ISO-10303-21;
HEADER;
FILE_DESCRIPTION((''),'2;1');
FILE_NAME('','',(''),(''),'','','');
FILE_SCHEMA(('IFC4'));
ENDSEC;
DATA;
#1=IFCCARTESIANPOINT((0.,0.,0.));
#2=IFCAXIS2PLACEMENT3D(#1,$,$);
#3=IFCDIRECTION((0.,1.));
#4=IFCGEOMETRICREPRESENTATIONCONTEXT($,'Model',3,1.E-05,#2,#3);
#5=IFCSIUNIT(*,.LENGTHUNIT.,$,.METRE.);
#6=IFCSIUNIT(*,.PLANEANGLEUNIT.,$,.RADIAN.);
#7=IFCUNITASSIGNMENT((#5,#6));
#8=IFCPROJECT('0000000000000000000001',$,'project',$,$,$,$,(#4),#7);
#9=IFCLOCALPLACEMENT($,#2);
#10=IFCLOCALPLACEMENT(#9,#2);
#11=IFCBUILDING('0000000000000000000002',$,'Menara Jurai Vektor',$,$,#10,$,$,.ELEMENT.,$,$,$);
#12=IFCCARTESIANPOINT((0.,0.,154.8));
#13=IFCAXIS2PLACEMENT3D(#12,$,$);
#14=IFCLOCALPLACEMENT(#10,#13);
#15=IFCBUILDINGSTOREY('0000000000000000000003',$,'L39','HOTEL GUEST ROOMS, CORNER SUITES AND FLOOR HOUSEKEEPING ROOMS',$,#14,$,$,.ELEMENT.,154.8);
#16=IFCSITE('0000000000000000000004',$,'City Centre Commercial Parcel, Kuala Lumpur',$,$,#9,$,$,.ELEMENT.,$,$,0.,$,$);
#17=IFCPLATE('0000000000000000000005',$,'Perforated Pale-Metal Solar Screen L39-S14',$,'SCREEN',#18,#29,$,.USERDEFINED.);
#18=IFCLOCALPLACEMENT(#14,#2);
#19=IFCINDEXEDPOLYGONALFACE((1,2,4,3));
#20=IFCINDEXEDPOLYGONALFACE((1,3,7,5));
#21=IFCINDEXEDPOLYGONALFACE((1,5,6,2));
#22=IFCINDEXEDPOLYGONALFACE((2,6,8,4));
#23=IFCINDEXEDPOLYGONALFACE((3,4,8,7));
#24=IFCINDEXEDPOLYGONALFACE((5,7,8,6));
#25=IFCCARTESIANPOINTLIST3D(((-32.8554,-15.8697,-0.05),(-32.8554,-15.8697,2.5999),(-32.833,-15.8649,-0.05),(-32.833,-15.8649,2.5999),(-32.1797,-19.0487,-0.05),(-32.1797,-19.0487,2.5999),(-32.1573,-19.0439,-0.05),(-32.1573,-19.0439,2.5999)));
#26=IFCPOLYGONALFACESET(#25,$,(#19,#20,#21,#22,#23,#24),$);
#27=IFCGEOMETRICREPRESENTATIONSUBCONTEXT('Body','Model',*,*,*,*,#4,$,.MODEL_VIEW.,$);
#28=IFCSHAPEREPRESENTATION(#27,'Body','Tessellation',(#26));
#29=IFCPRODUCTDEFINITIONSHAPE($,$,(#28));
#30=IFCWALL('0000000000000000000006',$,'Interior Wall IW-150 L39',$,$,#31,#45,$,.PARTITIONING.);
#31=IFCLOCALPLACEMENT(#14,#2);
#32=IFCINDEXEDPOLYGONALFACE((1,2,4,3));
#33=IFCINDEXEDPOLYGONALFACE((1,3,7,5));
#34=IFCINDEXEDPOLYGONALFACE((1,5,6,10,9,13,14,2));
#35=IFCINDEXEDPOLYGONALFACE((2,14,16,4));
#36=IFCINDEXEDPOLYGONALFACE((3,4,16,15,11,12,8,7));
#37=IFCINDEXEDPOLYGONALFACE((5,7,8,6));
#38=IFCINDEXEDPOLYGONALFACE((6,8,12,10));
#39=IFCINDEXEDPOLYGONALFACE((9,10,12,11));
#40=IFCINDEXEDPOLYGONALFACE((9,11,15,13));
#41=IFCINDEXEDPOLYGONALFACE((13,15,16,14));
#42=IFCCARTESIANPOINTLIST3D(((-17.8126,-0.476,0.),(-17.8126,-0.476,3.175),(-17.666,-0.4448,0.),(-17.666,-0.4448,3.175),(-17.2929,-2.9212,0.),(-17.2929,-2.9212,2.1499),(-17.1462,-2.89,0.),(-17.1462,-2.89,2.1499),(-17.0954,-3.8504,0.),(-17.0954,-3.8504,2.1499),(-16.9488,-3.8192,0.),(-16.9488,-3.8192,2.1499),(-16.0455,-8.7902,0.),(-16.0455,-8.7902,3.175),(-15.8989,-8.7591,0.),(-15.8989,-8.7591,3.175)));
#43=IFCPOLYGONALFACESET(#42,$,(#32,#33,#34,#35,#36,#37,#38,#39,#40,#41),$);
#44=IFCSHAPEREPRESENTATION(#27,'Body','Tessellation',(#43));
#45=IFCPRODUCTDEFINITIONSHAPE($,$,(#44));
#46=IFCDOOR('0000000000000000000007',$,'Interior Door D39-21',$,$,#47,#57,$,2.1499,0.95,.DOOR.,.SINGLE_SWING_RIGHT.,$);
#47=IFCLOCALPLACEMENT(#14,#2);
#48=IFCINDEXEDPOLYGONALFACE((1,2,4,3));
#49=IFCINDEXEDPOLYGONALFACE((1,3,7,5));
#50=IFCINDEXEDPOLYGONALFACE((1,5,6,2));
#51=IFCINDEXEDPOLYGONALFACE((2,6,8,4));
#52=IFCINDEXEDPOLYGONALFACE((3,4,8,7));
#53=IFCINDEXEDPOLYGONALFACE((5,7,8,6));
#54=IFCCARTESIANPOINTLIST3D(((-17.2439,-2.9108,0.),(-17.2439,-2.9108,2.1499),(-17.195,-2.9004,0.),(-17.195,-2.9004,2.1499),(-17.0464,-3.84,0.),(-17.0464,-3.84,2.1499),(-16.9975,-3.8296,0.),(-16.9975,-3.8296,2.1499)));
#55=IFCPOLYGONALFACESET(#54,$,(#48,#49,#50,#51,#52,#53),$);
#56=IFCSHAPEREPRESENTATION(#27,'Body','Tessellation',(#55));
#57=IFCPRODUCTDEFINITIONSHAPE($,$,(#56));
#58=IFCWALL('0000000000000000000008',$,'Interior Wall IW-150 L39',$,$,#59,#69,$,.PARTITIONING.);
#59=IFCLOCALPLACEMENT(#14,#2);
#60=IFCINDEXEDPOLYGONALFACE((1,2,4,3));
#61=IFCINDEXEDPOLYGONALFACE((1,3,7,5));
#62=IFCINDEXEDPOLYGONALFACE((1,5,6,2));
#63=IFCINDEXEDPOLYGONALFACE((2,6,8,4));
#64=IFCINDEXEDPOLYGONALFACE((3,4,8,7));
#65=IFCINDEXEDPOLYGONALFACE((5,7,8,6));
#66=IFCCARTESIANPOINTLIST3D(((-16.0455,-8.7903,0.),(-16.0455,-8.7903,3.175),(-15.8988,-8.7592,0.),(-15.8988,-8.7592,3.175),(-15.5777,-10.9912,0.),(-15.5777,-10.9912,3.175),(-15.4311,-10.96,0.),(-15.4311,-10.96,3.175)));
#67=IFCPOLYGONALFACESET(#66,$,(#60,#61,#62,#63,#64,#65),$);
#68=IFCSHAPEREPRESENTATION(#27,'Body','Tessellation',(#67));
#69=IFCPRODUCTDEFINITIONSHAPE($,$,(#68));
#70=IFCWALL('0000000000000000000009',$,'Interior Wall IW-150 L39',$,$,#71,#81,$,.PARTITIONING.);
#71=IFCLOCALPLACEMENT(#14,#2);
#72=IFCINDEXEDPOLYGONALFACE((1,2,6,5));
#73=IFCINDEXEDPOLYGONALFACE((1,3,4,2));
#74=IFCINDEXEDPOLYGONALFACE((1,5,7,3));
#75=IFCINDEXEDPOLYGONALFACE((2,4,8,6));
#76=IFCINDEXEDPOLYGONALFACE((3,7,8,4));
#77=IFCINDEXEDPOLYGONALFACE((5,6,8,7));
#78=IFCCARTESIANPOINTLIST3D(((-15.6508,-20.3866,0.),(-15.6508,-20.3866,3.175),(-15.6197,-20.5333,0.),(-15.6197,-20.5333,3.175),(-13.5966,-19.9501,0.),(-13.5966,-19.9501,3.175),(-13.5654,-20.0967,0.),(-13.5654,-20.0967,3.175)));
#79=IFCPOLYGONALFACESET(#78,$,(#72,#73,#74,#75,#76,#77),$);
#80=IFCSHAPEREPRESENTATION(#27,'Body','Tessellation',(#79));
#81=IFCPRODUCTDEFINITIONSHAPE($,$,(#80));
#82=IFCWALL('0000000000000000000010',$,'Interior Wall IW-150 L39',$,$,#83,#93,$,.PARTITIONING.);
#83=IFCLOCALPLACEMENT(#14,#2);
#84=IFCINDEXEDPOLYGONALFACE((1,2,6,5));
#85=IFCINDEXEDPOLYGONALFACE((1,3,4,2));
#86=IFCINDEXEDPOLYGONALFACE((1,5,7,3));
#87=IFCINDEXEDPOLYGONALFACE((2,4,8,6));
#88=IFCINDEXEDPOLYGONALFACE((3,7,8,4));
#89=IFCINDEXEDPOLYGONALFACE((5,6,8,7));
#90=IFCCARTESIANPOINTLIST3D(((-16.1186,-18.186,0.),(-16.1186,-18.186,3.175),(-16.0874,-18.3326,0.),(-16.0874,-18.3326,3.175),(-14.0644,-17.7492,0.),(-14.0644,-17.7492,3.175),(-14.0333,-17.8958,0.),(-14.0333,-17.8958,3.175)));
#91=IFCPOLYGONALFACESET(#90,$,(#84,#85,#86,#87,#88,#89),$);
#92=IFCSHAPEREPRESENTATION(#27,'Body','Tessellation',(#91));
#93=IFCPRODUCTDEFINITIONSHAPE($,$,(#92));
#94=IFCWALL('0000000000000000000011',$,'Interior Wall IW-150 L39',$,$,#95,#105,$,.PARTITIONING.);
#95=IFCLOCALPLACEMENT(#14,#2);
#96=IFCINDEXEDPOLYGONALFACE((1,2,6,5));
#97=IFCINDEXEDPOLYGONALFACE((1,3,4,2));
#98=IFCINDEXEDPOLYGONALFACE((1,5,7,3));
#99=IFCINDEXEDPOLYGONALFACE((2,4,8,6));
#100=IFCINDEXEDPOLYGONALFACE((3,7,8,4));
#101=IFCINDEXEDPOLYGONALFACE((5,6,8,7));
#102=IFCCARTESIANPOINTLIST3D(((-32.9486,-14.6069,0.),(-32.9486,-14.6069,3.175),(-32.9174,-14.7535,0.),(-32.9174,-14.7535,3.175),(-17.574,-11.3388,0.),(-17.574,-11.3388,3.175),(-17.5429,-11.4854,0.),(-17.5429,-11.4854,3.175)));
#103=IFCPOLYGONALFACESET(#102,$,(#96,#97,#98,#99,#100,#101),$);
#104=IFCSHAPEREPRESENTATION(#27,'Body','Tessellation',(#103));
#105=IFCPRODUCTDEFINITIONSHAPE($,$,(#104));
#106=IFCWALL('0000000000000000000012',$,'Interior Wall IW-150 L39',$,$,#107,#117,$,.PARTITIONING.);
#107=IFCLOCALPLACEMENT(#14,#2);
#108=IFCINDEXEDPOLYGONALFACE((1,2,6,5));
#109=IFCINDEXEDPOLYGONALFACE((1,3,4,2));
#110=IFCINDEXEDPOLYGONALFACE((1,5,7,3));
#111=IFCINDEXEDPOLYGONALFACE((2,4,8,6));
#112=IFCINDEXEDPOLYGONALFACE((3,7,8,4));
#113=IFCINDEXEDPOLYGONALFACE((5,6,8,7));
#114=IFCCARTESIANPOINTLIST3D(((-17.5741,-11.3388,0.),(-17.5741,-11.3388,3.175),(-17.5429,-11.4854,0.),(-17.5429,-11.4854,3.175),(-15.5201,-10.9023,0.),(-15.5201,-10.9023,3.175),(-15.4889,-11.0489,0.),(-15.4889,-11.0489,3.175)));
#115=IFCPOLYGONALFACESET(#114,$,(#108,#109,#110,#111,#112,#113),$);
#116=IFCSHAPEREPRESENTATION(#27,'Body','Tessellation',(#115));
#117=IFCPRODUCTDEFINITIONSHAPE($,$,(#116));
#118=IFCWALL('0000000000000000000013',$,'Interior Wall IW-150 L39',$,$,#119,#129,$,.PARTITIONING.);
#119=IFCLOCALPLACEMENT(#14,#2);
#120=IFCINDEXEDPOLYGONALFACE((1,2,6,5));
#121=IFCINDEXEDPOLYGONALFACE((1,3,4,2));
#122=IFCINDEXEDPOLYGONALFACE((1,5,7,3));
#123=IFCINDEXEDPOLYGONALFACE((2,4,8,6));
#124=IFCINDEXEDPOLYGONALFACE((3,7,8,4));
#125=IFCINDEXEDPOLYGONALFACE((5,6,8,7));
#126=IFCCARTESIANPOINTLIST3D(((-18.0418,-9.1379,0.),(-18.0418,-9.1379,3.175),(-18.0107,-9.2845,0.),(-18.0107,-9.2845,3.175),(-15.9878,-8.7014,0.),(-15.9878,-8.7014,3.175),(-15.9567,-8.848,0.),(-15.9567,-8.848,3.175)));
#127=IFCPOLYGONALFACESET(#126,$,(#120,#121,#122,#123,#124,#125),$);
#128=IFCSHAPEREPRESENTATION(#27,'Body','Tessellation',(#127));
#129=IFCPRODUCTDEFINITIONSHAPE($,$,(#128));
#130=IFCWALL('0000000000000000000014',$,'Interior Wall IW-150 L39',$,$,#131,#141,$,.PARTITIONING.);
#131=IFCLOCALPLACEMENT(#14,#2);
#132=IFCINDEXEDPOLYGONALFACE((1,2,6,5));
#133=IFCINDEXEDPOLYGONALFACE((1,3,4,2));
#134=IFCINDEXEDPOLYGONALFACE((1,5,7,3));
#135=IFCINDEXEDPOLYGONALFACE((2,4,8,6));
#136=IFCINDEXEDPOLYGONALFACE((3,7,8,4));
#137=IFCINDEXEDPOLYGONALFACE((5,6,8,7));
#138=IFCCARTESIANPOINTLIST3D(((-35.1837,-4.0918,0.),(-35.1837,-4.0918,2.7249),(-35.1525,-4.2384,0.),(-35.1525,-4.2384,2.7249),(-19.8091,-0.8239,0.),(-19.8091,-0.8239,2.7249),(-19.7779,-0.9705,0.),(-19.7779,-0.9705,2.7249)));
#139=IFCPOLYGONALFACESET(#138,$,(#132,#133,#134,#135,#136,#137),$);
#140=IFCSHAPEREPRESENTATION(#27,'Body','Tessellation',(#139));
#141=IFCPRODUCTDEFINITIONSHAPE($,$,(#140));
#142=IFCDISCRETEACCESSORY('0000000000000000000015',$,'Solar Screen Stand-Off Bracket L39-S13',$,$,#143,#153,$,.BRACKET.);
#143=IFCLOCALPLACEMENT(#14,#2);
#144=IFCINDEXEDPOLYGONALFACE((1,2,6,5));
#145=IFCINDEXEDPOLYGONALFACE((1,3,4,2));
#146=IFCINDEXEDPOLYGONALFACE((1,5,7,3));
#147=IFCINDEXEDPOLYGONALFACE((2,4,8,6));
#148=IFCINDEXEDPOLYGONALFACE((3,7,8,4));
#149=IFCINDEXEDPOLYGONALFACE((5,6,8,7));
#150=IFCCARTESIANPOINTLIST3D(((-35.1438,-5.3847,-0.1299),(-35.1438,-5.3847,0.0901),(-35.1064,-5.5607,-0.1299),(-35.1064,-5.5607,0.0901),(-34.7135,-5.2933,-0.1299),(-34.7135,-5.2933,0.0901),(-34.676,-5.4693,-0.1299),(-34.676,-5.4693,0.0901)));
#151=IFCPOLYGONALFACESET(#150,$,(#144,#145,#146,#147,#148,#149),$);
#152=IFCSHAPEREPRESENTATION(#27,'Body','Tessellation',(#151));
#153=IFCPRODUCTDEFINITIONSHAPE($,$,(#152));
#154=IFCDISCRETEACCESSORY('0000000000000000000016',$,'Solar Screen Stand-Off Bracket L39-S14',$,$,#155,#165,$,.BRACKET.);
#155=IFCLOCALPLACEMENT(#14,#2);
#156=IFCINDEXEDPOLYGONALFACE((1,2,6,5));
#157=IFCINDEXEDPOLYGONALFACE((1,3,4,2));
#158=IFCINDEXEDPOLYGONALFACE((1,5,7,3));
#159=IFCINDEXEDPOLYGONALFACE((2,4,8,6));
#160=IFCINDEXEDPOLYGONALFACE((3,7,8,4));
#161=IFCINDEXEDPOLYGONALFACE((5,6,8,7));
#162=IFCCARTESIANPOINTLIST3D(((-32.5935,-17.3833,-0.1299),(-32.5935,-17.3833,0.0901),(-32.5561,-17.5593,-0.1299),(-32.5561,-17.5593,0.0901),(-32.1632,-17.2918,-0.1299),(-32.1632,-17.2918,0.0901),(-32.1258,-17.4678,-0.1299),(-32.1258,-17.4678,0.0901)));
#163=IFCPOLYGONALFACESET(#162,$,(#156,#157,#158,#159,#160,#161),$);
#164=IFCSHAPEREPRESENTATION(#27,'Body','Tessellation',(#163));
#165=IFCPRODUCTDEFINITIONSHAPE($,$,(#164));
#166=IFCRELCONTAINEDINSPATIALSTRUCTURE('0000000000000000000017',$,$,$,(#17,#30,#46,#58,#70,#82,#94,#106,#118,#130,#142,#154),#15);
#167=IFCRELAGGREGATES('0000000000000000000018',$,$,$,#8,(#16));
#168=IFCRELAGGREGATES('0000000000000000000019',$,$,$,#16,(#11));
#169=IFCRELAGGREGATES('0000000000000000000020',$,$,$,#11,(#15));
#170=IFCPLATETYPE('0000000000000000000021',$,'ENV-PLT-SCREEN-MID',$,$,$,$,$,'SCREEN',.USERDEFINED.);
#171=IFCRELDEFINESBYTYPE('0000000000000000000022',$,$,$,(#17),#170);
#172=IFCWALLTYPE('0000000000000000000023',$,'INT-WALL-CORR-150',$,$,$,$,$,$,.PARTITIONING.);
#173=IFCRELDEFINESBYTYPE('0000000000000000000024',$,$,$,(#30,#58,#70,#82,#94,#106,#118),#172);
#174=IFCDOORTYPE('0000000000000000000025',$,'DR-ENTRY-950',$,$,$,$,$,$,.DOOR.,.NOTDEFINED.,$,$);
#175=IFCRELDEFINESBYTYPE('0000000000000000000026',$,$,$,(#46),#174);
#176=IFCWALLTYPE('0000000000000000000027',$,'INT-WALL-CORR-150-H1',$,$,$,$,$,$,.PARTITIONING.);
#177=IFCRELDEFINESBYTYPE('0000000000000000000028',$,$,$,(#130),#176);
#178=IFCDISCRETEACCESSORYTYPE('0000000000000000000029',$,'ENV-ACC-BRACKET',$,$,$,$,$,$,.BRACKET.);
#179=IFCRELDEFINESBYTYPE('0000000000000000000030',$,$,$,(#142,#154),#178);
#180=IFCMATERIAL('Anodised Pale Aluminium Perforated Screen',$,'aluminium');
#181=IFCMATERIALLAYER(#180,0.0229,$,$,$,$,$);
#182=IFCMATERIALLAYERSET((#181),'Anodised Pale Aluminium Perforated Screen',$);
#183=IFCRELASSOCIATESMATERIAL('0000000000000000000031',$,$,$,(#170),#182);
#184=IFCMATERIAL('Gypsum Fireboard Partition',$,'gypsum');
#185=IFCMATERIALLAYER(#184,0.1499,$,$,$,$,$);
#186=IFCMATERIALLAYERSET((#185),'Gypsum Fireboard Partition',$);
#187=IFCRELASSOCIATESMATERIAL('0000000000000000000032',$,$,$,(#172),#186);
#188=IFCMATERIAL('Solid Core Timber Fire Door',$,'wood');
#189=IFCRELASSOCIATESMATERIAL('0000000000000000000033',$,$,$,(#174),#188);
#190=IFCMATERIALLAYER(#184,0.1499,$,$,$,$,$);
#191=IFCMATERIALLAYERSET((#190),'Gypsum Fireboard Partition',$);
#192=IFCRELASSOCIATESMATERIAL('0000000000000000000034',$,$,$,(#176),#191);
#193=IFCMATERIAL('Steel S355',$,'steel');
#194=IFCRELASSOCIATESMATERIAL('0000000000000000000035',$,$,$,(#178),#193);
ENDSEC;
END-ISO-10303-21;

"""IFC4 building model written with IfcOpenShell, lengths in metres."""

from ifc_helpers import new_model, si_unit, direction, frame, frame_2d, origin, origin_2d, place, context, subcontext, project, spatial, rectangle, extrude, material, layer, layer_set, type_object, element, fill, save


model = new_model("IFC4")

# Units and contexts
model_context = context("Model", 3, precision=1e-05, world=origin(), true_north=direction((0.0, 1.0)))
body_context = subcontext(model_context, "Body", "Model", "MODEL_VIEW")
ifc_project = project(units=[si_unit("LENGTHUNIT", "METRE"), si_unit("PLANEANGLEUNIT", "RADIAN")], contexts=[model_context])

# Site, building, storey
site_placement = place(None, origin())
site = spatial("IfcSite", under=ifc_project, at=site_placement, Name="City Centre Commercial Parcel, Kuala Lumpur", CompositionType="ELEMENT", RefElevation=0.0)
building_placement = place(site_placement, origin())
building = spatial("IfcBuilding", under=site, at=building_placement, Name="Menara Jurai Vektor", CompositionType="ELEMENT")
storey_placement = place(building_placement, frame((0.0, 0.0, 154.8)))
storey = spatial("IfcBuildingStorey", under=building, at=storey_placement, Name="L39", Description="HOTEL GUEST ROOMS, CORNER SUITES AND FLOOR HOUSEKEEPING ROOMS", CompositionType="ELEMENT", Elevation=154.8)

# Shared definitions
ifc_material_1 = material(Name="Steel S355", Category="steel")

# Plate
ifc_material_2 = material(Name="Anodised Pale Aluminium Perforated Screen", Category="aluminium")
ifc_layer_1 = layer(ifc_material_2, 0.0229)
ifc_layer_set_1 = layer_set([ifc_layer_1], Name="Anodised Pale Aluminium Perforated Screen")
plate_type_1 = type_object("IfcPlateType", Name="ENV-PLT-SCREEN-MID", ElementType="SCREEN", PredefinedType="USERDEFINED", material=ifc_layer_set_1)
for number, where, z_axis, x_axis, name in (
    (1, (-32.5063, -17.4568, -0.05), (0.0, 0.0, 1.0), (0.207912, -0.978148, 0.0), "Perforated Pale-Metal Solar Screen L39-S14"),
):
    element("IfcPlate", number, at=place(storey_placement, frame(where, z_axis=z_axis, x_axis=x_axis)), inside=storey, type_object=plate_type_1, Name=name, ObjectType="SCREEN", PredefinedType="USERDEFINED", context=body_context, shape_type="SweptSolid", body=[
        extrude(rectangle(XDim=3.25, YDim=0.0229, at=origin_2d()), origin(), (0.0, 0.0, 1.0), 2.6499),
    ])

# Wall, opening, door
ifc_material_3 = material(Name="Gypsum Fireboard Partition", Category="gypsum")
ifc_layer_2 = layer(ifc_material_3, 0.1499)
ifc_layer_set_2 = layer_set([ifc_layer_2], Name="Gypsum Fireboard Partition")
wall_type_1 = type_object("IfcWallType", Name="INT-WALL-CORR-150", PredefinedType="PARTITIONING", material=ifc_layer_set_2)
wall_1_placement = place(storey_placement, frame((-15.9722, -8.7747, 0.0), z_axis=(0.0, 0.0, 1.0), x_axis=(-0.207895, 0.978151, 0.0)))
wall_1 = element("IfcWall", 2, at=wall_1_placement, inside=storey, type_object=wall_type_1, Name="Interior Wall IW-150 L39", PredefinedType="PARTITIONING", context=body_context, shape_type="SweptSolid", body=[
    extrude(rectangle(XDim=8.5, YDim=0.1499, at=frame_2d((4.25, 0.0))), origin(), (0.0, 0.0, 1.0), 3.175),
])
opening_1_placement = place(wall_1_placement, frame((5.05, 0.0, 0.0)))
opening_1 = element("IfcOpeningElement", 3, at=opening_1_placement, cuts=wall_1, PredefinedType="OPENING", context=body_context, shape_type="SweptSolid", body=[
    extrude(rectangle(XDim=0.95, YDim=2.1499, at=frame_2d((0.4751, 1.075))), frame((0.0, 0.085, 0.0), z_axis=(0.0, -1.0, 0.0), x_axis=(1.0, 0.0, 0.0)), (0.0, 0.0, 1.0), 0.1699),
])
ifc_material_4 = material(Name="Solid Core Timber Fire Door", Category="wood")
door_type_1 = type_object("IfcDoorType", Name="DR-ENTRY-950", OperationType="NOTDEFINED", PredefinedType="DOOR", material=ifc_material_4)
door_1_placement = place(opening_1_placement, origin())
door_1 = element("IfcDoor", 4, at=door_1_placement, inside=storey, type_object=door_type_1, Name="Interior Door D39-21", OperationType="SINGLE_SWING_RIGHT", OverallHeight=2.1499, OverallWidth=0.95, PredefinedType="DOOR", context=body_context, shape_type="SweptSolid", body=[
    extrude(rectangle(XDim=0.95, YDim=2.1499, at=frame_2d((0.4751, 1.075))), frame((0.0, 0.0249, 0.0), z_axis=(0.0, -1.0, 0.0), x_axis=(1.0, 0.0, 0.0)), (0.0, 0.0, 1.0), 0.05),
])
fill(opening_1, door_1)

# Wall
wall_2_placement = place(storey_placement, frame((-15.5044, -10.9756, 0.0), z_axis=(0.0, 0.0, 1.0), x_axis=(-0.207891, 0.978152, 0.0)))
element("IfcWall", 5, at=wall_2_placement, inside=storey, type_object=wall_type_1, Name="Interior Wall IW-150 L39", PredefinedType="PARTITIONING", context=body_context, shape_type="SweptSolid", body=[
    extrude(rectangle(XDim=2.25, YDim=0.1499, at=frame_2d((1.125, 0.0))), origin(), (0.0, 0.0, 1.0), 3.175),
])

# Walls
for number, where, z_axis, x_axis, name in (
    (6, (-15.6353, -20.46, 0.0), (0.0, 0.0, 1.0), (0.978158, 0.207862, 0.0), "Interior Wall IW-150 L39"),
    (7, (-16.103, -18.2593, 0.0), (0.0, 0.0, 1.0), (0.978135, 0.207973, 0.0), "Interior Wall IW-150 L39"),
):
    element("IfcWall", number, at=place(storey_placement, frame(where, z_axis=z_axis, x_axis=x_axis)), inside=storey, type_object=wall_type_1, Name=name, PredefinedType="PARTITIONING", context=body_context, shape_type="SweptSolid", body=[
        extrude(rectangle(XDim=2.1001, YDim=0.1499, at=frame_2d((1.05, 0.0))), origin(), (0.0, 0.0, 1.0), 3.175),
    ])
wall_3_placement = place(storey_placement, frame((-32.9329, -14.6802, 0.0), z_axis=(0.0, 0.0, 1.0), x_axis=(0.978146, 0.207919, 0.0)))
element("IfcWall", 8, at=wall_3_placement, inside=storey, type_object=wall_type_1, Name="Interior Wall IW-150 L39", PredefinedType="PARTITIONING", context=body_context, shape_type="SweptSolid", body=[
    extrude(rectangle(XDim=15.718, YDim=0.1499, at=frame_2d((7.8589, 0.0))), origin(), (0.0, 0.0, 1.0), 3.175),
])
wall_4_placement = place(storey_placement, frame((-17.5583, -11.4121, 0.0), z_axis=(0.0, 0.0, 1.0), x_axis=(0.978153, 0.207885, 0.0)))
element("IfcWall", 9, at=wall_4_placement, inside=storey, type_object=wall_type_1, Name="Interior Wall IW-150 L39", PredefinedType="PARTITIONING", context=body_context, shape_type="SweptSolid", body=[
    extrude(rectangle(XDim=2.0999, YDim=0.1499, at=frame_2d((1.0498, 0.0))), origin(), (0.0, 0.0, 1.0), 3.175),
])

# Walls
wall_5_placement = place(storey_placement, frame((-18.0261, -9.2112, 0.0), z_axis=(0.0, 0.0, 1.0), x_axis=(0.978153, 0.207885, 0.0)))
element("IfcWall", 10, at=wall_5_placement, inside=storey, type_object=wall_type_1, Name="Interior Wall IW-150 L39", PredefinedType="PARTITIONING", context=body_context, shape_type="SweptSolid", body=[
    extrude(rectangle(XDim=2.0999, YDim=0.1499, at=frame_2d((1.0498, 0.0))), origin(), (0.0, 0.0, 1.0), 3.175),
])
ifc_layer_3 = layer(ifc_material_3, 0.1499)
ifc_layer_set_3 = layer_set([ifc_layer_3], Name="Gypsum Fireboard Partition")
wall_type_2 = type_object("IfcWallType", Name="INT-WALL-CORR-150-H1", PredefinedType="PARTITIONING", material=ifc_layer_set_3)
wall_6_placement = place(storey_placement, frame((-35.168, -4.165, 0.0), z_axis=(0.0, 0.0, 1.0), x_axis=(0.978149, 0.207904, 0.0)))
element("IfcWall", 11, at=wall_6_placement, inside=storey, type_object=wall_type_2, Name="Interior Wall IW-150 L39", PredefinedType="PARTITIONING", context=body_context, shape_type="SweptSolid", body=[
    extrude(rectangle(XDim=15.718, YDim=0.1499, at=frame_2d((7.8589, 0.0))), origin(), (0.0, 0.0, 1.0), 2.7249),
])

# Discrete accessories
discrete_accessory_type = type_object("IfcDiscreteAccessoryType", Name="ENV-ACC-BRACKET", PredefinedType="BRACKET", material=ifc_material_1)
for number, where, z_axis, x_axis, name in (
    (12, (-34.9099, -5.427, -0.1299), (0.0, 0.0, 1.0), (0.207912, -0.978148, 0.0), "Solar Screen Stand-Off Bracket L39-S13"),
    (13, (-32.3596, -17.4255, -0.1299), (0.0, 0.0, 1.0), (0.207912, -0.978148, 0.0), "Solar Screen Stand-Off Bracket L39-S14"),
):
    element("IfcDiscreteAccessory", number, at=place(storey_placement, frame(where, z_axis=z_axis, x_axis=x_axis)), inside=storey, type_object=discrete_accessory_type, Name=name, PredefinedType="BRACKET", context=body_context, shape_type="SweptSolid", body=[
        extrude(rectangle(XDim=0.1799, YDim=0.4399, at=origin_2d()), origin(), (0.0, 0.0, 1.0), 0.22),
    ])

save(model, "model.ifc")
